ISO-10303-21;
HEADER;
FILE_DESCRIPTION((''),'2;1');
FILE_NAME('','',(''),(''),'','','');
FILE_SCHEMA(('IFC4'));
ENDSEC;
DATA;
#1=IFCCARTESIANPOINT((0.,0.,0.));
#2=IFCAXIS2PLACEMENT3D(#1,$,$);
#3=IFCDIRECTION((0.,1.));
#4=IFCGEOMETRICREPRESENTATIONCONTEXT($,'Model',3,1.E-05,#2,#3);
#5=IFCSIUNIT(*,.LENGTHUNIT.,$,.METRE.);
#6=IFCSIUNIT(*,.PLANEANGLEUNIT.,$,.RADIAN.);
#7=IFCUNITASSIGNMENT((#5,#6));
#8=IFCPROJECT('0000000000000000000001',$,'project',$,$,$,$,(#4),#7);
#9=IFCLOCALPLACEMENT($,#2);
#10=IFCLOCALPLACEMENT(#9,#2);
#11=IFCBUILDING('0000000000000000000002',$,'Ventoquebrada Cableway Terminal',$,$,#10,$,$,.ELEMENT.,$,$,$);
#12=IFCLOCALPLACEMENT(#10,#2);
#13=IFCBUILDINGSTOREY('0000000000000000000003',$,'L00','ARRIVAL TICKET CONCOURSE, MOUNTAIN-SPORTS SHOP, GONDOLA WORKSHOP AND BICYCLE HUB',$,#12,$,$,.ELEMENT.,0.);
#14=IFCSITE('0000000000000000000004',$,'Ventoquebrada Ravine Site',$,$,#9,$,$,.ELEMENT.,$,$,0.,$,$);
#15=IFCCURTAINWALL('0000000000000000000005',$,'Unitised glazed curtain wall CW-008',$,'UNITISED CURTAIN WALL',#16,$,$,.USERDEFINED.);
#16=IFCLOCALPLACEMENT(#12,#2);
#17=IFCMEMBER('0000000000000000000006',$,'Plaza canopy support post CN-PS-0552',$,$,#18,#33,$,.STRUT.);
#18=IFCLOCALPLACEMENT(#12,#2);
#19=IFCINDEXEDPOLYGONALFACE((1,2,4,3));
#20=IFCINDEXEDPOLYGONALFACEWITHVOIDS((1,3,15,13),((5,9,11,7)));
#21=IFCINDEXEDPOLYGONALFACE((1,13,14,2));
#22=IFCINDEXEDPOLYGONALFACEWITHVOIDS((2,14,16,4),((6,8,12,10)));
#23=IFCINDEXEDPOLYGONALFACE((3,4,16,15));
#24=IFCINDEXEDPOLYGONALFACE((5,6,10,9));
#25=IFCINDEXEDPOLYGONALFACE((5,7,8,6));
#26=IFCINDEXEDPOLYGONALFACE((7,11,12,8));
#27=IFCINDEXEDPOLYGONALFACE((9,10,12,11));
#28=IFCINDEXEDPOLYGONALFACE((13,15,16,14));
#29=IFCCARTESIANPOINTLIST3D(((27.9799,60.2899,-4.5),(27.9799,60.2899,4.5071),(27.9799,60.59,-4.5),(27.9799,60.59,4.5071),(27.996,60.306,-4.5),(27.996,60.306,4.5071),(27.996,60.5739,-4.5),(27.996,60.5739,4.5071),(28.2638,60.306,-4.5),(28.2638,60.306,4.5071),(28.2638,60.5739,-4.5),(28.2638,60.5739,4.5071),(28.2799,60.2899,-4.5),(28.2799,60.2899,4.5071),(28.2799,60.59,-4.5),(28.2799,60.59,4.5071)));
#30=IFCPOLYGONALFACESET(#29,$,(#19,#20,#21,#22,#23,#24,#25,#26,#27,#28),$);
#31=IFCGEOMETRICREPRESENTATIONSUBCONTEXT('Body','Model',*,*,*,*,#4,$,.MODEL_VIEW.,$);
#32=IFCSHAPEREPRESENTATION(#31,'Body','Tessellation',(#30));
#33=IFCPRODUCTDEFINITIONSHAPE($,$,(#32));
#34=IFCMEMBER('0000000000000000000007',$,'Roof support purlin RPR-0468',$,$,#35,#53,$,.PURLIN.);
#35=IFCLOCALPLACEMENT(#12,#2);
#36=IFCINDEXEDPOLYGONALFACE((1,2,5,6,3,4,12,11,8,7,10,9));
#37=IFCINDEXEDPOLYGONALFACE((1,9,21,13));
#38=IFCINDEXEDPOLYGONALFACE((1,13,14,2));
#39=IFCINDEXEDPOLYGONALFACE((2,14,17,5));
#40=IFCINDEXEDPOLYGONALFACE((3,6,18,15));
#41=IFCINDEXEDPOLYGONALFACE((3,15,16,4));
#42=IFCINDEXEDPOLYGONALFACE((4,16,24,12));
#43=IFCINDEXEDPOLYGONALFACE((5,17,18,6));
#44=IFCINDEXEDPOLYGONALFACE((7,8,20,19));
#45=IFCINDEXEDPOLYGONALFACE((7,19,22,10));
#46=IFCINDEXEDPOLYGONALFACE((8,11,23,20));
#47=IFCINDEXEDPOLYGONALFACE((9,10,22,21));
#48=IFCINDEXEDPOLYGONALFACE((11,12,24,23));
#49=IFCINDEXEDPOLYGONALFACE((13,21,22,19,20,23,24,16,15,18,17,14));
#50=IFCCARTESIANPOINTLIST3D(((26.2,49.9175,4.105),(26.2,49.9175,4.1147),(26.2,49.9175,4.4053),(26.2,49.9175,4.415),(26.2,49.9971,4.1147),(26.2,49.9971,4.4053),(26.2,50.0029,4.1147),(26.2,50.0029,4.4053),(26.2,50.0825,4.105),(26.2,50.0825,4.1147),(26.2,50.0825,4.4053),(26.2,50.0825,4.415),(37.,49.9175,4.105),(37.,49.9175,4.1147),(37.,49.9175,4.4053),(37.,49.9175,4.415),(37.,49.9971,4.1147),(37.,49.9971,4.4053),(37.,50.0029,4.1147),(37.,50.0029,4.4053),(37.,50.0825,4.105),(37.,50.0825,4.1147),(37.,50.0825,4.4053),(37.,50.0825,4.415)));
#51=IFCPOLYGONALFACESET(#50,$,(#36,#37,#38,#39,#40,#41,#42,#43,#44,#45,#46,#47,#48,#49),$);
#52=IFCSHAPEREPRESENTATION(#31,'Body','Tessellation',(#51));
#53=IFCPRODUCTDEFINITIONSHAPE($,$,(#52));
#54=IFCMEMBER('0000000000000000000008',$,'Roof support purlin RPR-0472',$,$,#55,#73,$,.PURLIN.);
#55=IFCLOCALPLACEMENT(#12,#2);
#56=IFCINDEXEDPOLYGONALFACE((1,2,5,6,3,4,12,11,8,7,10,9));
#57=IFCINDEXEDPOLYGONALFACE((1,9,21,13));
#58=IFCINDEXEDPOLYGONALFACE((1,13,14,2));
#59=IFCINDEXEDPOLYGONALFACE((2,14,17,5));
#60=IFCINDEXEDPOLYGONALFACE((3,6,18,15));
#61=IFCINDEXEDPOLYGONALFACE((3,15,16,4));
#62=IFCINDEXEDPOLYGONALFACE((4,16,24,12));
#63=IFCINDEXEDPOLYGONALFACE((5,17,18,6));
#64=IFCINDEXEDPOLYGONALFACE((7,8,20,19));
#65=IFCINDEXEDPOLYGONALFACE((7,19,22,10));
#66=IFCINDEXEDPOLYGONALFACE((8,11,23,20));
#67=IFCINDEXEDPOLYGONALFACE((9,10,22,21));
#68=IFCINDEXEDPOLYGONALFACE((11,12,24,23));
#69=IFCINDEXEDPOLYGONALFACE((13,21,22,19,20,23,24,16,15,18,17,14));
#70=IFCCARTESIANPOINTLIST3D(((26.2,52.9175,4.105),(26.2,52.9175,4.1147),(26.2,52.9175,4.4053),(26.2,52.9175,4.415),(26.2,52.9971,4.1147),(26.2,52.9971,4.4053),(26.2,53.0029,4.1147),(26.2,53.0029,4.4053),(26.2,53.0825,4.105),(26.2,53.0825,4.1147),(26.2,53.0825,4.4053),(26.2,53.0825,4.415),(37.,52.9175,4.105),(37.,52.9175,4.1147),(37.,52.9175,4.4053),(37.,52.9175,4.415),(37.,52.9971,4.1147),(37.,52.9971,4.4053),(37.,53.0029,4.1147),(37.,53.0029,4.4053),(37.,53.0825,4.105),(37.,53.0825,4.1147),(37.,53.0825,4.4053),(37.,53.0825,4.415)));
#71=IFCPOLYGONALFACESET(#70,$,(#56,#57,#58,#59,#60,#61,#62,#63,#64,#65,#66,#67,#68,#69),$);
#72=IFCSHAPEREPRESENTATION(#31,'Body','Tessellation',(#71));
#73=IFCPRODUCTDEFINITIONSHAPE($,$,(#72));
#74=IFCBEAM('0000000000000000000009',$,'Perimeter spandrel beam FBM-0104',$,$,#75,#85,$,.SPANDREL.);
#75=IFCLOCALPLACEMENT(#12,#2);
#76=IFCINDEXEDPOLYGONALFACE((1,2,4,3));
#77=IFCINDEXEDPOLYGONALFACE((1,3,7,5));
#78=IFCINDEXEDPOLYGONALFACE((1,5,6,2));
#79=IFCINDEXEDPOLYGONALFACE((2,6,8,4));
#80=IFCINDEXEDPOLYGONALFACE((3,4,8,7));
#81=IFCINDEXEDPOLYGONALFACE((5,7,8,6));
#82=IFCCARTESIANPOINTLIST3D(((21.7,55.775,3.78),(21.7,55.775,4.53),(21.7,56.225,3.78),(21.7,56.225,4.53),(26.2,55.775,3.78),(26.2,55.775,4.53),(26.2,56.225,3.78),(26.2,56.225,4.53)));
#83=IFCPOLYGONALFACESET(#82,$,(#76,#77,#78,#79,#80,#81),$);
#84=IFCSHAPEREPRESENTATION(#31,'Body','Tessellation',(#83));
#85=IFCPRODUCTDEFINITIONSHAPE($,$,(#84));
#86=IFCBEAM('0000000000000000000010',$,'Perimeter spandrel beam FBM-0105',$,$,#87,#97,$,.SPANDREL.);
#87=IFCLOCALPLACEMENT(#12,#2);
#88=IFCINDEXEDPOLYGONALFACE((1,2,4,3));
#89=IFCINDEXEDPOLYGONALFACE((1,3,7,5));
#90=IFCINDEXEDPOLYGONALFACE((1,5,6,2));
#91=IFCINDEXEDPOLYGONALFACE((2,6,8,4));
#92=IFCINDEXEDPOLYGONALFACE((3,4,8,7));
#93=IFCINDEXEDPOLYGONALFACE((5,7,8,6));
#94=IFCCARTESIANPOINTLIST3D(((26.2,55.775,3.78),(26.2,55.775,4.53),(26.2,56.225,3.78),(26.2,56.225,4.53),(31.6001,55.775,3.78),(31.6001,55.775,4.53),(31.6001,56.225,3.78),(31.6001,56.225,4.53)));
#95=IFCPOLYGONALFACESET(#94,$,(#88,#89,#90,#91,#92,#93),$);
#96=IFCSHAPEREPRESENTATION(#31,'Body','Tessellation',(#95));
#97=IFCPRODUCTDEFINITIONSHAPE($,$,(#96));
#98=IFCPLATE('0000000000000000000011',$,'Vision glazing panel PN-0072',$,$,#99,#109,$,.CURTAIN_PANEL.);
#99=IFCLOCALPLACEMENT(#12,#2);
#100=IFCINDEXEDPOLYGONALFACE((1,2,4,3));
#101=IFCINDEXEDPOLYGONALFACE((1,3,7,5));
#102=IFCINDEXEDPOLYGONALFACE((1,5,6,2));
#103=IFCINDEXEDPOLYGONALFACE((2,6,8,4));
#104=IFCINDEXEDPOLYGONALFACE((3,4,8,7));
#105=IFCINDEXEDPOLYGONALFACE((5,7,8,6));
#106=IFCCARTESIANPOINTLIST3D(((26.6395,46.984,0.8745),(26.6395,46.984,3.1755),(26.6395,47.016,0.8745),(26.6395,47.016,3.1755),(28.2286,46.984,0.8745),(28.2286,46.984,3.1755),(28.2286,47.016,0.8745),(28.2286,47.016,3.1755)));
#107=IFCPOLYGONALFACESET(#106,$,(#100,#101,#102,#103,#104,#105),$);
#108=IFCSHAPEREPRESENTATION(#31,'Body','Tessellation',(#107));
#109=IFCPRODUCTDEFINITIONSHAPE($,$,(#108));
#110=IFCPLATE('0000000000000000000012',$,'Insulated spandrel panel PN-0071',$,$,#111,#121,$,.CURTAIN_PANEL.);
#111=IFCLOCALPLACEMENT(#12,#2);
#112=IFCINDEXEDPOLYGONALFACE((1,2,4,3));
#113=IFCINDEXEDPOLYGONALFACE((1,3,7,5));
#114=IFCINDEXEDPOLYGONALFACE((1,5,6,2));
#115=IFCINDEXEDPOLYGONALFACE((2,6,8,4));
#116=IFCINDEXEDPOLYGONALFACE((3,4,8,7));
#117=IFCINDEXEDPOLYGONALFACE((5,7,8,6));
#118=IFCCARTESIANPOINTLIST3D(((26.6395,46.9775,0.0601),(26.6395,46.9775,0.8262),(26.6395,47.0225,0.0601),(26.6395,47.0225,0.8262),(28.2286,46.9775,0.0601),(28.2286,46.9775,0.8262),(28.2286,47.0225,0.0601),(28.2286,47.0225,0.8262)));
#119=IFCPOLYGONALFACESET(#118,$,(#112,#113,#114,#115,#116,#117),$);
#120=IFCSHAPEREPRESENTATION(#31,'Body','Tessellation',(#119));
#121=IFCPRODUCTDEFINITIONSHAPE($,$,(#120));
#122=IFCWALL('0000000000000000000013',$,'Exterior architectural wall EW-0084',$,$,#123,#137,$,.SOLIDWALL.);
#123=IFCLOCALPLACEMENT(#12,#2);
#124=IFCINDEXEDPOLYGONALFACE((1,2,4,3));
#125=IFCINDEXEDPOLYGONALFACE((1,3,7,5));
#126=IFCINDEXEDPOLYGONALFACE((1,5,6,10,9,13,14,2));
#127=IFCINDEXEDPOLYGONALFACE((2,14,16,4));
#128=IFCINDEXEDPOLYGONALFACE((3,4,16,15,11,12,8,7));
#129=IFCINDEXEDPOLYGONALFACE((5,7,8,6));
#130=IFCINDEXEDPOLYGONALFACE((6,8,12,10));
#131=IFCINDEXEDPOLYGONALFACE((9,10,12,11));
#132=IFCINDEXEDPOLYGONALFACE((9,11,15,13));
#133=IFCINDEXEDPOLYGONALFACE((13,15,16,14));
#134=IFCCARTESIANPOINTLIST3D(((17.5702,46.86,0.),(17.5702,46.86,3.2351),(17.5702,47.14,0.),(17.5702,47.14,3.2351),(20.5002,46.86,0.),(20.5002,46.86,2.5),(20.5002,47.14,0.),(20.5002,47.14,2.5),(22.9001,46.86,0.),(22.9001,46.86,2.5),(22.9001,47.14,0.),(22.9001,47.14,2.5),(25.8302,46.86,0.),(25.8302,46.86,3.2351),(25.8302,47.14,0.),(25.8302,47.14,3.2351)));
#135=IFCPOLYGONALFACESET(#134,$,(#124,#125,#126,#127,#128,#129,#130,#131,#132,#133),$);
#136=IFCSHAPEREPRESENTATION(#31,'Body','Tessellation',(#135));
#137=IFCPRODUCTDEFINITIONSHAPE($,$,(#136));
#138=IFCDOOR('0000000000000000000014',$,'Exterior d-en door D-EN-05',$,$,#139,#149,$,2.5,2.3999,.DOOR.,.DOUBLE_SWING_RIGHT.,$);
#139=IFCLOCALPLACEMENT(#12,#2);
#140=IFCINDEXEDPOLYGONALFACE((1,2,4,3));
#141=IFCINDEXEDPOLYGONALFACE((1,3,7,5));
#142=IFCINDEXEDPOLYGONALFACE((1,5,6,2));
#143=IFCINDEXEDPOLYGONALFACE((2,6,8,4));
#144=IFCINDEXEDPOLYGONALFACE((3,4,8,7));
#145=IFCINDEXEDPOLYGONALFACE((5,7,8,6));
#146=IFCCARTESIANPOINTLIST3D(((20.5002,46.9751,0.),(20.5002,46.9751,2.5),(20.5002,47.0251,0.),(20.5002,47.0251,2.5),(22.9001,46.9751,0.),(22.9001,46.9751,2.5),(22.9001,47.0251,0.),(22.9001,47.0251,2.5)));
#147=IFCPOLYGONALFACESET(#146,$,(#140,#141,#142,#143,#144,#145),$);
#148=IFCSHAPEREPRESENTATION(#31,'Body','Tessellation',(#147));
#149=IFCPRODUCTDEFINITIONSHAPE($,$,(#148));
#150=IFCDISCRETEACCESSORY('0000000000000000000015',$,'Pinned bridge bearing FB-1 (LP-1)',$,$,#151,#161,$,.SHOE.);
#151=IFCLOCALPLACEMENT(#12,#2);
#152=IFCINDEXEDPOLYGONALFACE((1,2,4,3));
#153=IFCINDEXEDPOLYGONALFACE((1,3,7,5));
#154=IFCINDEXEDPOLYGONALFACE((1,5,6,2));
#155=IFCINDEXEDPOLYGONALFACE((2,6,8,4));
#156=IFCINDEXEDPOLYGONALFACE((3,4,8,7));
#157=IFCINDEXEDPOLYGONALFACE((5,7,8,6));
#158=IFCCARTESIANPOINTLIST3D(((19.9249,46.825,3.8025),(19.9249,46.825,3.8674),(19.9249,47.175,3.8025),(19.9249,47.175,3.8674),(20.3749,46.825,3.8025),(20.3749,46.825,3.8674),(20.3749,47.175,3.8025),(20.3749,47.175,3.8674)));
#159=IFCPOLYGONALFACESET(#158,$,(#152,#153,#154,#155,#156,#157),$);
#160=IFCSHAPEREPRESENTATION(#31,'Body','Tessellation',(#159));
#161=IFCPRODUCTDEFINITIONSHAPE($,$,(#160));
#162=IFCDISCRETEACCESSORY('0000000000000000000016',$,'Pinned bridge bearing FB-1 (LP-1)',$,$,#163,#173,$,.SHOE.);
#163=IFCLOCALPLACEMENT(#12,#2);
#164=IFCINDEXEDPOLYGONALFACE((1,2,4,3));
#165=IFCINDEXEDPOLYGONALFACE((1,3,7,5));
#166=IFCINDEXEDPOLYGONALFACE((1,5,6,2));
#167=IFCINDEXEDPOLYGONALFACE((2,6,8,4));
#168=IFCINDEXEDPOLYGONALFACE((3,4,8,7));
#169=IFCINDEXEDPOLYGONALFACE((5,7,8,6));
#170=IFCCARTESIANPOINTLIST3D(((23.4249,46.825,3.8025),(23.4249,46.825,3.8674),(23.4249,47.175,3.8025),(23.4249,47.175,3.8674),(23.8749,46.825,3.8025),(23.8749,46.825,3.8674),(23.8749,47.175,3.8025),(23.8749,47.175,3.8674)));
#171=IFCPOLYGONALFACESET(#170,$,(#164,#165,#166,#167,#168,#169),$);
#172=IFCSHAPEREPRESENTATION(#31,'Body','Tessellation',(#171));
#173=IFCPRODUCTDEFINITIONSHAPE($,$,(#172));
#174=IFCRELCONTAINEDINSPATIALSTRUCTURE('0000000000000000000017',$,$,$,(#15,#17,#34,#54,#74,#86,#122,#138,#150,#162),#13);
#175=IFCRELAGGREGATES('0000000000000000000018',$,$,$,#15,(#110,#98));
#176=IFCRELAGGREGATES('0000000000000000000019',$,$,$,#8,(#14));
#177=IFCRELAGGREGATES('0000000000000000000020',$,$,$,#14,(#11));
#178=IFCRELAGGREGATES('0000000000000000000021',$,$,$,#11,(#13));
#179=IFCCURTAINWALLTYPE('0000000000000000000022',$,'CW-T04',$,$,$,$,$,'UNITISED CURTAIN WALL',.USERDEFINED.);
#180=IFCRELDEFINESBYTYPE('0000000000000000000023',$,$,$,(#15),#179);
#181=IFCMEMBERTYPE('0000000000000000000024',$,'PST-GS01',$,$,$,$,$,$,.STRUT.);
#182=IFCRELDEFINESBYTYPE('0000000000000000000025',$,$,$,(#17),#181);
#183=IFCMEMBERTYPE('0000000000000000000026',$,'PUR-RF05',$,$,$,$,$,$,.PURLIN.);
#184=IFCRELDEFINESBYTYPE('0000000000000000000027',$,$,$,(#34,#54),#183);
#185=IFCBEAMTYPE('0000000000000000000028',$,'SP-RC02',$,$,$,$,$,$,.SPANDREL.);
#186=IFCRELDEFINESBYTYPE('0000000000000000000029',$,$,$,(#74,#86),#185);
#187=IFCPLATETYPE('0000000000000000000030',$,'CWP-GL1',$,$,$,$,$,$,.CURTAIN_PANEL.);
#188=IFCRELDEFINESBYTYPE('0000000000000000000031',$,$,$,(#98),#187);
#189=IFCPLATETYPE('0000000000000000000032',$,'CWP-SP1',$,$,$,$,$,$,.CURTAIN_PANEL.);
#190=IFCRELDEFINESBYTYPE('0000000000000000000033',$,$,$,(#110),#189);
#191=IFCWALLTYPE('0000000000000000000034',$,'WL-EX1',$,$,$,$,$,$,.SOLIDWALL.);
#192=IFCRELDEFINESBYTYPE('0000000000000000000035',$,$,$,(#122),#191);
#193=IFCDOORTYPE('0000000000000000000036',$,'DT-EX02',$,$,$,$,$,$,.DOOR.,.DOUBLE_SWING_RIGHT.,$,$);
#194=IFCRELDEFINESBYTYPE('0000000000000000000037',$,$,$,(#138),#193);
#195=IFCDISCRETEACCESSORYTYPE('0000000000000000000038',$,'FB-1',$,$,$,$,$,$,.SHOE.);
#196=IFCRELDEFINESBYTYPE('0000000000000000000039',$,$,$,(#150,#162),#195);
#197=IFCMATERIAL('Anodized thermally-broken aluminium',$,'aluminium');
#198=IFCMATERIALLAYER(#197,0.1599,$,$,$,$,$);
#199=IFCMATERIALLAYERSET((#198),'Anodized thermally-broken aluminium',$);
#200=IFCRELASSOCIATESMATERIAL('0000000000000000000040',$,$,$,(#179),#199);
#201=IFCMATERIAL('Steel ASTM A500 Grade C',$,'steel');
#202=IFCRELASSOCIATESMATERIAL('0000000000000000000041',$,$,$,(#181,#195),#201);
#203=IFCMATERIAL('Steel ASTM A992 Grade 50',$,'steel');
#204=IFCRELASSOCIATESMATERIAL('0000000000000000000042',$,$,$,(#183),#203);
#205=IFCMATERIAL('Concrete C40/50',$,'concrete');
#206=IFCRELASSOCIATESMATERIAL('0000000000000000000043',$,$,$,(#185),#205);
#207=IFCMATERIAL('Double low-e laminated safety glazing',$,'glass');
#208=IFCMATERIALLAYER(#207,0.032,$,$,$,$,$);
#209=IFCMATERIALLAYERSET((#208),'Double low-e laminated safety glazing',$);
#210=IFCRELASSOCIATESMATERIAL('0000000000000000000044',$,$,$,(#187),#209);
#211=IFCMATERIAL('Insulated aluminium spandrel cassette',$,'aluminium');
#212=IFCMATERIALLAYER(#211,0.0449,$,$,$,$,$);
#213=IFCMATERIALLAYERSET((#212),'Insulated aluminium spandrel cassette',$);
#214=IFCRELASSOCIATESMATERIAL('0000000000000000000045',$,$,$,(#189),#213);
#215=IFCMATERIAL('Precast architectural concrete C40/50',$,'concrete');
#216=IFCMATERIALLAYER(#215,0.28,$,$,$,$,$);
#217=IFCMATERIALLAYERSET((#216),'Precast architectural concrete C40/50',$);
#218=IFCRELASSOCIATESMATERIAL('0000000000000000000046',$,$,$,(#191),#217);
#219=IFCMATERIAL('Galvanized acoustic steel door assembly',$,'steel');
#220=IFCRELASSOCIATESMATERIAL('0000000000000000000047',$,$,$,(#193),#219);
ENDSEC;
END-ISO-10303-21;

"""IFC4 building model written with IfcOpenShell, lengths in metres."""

from ifc_helpers import new_model, si_unit, direction, frame, frame_2d, origin, origin_2d, place, context, subcontext, project, spatial, rectangle, hollow_rectangle, i_section, extrude, material, layer, layer_set, material_profile, profile_set, type_object, element, fill, aggregate, save


model = new_model("IFC4")

# Units and contexts
model_context = context("Model", 3, precision=1e-05, world=origin(), true_north=direction((0.0, 1.0)))
body_context = subcontext(model_context, "Body", "Model", "MODEL_VIEW")
ifc_project = project(units=[si_unit("LENGTHUNIT", "METRE"), si_unit("PLANEANGLEUNIT", "RADIAN")], contexts=[model_context])

# Site, building, storey
site_placement = place(None, origin())
site = spatial("IfcSite", under=ifc_project, at=site_placement, Name="Ventoquebrada Ravine Site", CompositionType="ELEMENT", RefElevation=0.0)
building_placement = place(site_placement, origin())
building = spatial("IfcBuilding", under=site, at=building_placement, Name="Ventoquebrada Cableway Terminal", CompositionType="ELEMENT")
storey_placement = place(building_placement, origin())
storey = spatial("IfcBuildingStorey", under=building, at=storey_placement, Name="L00", Description="ARRIVAL TICKET CONCOURSE, MOUNTAIN-SPORTS SHOP, GONDOLA WORKSHOP AND BICYCLE HUB", CompositionType="ELEMENT", Elevation=0.0)

# Shared definitions
ifc_material_1 = material(Name="Concrete C40/50", Category="concrete")

# Shared definitions
ifc_material_2 = material(Name="Steel ASTM A992 Grade 50", Category="steel")

# Curtain wall
ifc_material_3 = material(Name="Anodized thermally-broken aluminium", Category="aluminium")
ifc_layer_1 = layer(ifc_material_3, 0.1599)
ifc_layer_set_1 = layer_set([ifc_layer_1], Name="Anodized thermally-broken aluminium")
curtain_wall_type = type_object("IfcCurtainWallType", Name="CW-T04", ElementType="UNITISED CURTAIN WALL", PredefinedType="USERDEFINED", material=ifc_layer_set_1)
curtain_wall_placement = place(storey_placement, origin())
curtain_wall = element("IfcCurtainWall", 1, at=curtain_wall_placement, inside=storey, type_object=curtain_wall_type, Name="Unitised glazed curtain wall CW-008", ObjectType="UNITISED CURTAIN WALL", PredefinedType="USERDEFINED")

# Members
ifc_material_4 = material(Name="Steel ASTM A500 Grade C", Category="steel")
ifc_material_profile_1 = material_profile(ifc_material_4, hollow_rectangle(XDim=0.3, YDim=0.3, WallThickness=0.0161, at=origin_2d()), Name="HSS300X300X16")
ifc_profile_set_1 = profile_set([ifc_material_profile_1], Name="Steel ASTM A500 Grade C")
member_type_1 = type_object("IfcMemberType", Name="PST-GS01", PredefinedType="STRUT", material=ifc_profile_set_1)
member_1_placement = place(storey_placement, frame((28.1299, 60.4399, -4.5), z_axis=(0.0, 0.0, 1.0), x_axis=(1.0, 0.0, 0.0)))
element("IfcMember", 2, at=member_1_placement, inside=storey, type_object=member_type_1, Name="Plaza canopy support post CN-PS-0552", PredefinedType="STRUT", context=body_context, shape_type="SweptSolid", body=[
    extrude(hollow_rectangle(XDim=0.3, YDim=0.3, WallThickness=0.0161, at=origin_2d()), origin(), (0.0, 0.0, 1.0), 9.0071),
])
ifc_material_profile_2 = material_profile(ifc_material_2, i_section(OverallWidth=0.165, OverallDepth=0.3101, WebThickness=0.0059, FlangeThickness=0.0098, at=origin_2d()), Name="W12X26")
ifc_profile_set_2 = profile_set([ifc_material_profile_2], Name="Steel ASTM A992 Grade 50")
member_type_2 = type_object("IfcMemberType", Name="PUR-RF05", PredefinedType="PURLIN", material=ifc_profile_set_2)
for number, where, z_axis, x_axis, name in (
    (3, (26.2, 50.0, 4.26), (1.0, 0.0, 0.0), (0.0, 1.0, 0.0), "Roof support purlin RPR-0468"),
    (4, (26.2, 53.0, 4.26), (1.0, 0.0, 0.0), (0.0, 1.0, 0.0), "Roof support purlin RPR-0472"),
):
    element("IfcMember", number, at=place(storey_placement, frame(where, z_axis=z_axis, x_axis=x_axis)), inside=storey, type_object=member_type_2, Name=name, PredefinedType="PURLIN", context=body_context, shape_type="SweptSolid", body=[
        extrude(i_section(OverallWidth=0.165, OverallDepth=0.3101, WebThickness=0.0059, FlangeThickness=0.0098, at=origin_2d()), origin(), (0.0, 0.0, 1.0), 10.8),
    ])

# Beams
ifc_material_profile_3 = material_profile(ifc_material_1, rectangle(XDim=0.45, YDim=0.75, at=origin_2d()), Name="RC-BM-450X750")
ifc_profile_set_3 = profile_set([ifc_material_profile_3], Name="Concrete C40/50")
beam_type_1 = type_object("IfcBeamType", Name="SP-RC02", PredefinedType="SPANDREL", material=ifc_profile_set_3)
beam_1_placement = place(storey_placement, frame((21.7, 56.0, 4.155), z_axis=(1.0, 0.0, 0.0), x_axis=(0.0, 1.0, 0.0)))
element("IfcBeam", 5, at=beam_1_placement, inside=storey, type_object=beam_type_1, Name="Perimeter spandrel beam FBM-0104", PredefinedType="SPANDREL", context=body_context, shape_type="SweptSolid", body=[
    extrude(rectangle(XDim=0.45, YDim=0.75, at=origin_2d()), origin(), (0.0, 0.0, 1.0), 4.5),
])
beam_2_placement = place(storey_placement, frame((26.2, 56.0, 4.155), z_axis=(1.0, 0.0, 0.0), x_axis=(0.0, 1.0, 0.0)))
element("IfcBeam", 6, at=beam_2_placement, inside=storey, type_object=beam_type_1, Name="Perimeter spandrel beam FBM-0105", PredefinedType="SPANDREL", context=body_context, shape_type="SweptSolid", body=[
    extrude(rectangle(XDim=0.45, YDim=0.75, at=origin_2d()), origin(), (0.0, 0.0, 1.0), 5.4001),
])

# Plates
ifc_material_5 = material(Name="Double low-e laminated safety glazing", Category="glass")
ifc_layer_2 = layer(ifc_material_5, 0.032)
ifc_layer_set_2 = layer_set([ifc_layer_2], Name="Double low-e laminated safety glazing")
plate_type_1 = type_object("IfcPlateType", Name="CWP-GL1", PredefinedType="CURTAIN_PANEL", material=ifc_layer_set_2)
plate_1_placement = place(storey_placement, frame((27.4341, 47.0, 0.8745), z_axis=(0.0, 0.0, 1.0), x_axis=(-1.0, 0.0, 0.0)))
plate_1 = element("IfcPlate", 7, at=plate_1_placement, type_object=plate_type_1, Name="Vision glazing panel PN-0072", PredefinedType="CURTAIN_PANEL", context=body_context, shape_type="SweptSolid", body=[
    extrude(rectangle(XDim=1.5891, YDim=0.032, at=origin_2d()), origin(), (0.0, 0.0, 1.0), 2.301),
])
ifc_material_6 = material(Name="Insulated aluminium spandrel cassette", Category="aluminium")
ifc_layer_3 = layer(ifc_material_6, 0.0449)
ifc_layer_set_3 = layer_set([ifc_layer_3], Name="Insulated aluminium spandrel cassette")
plate_type_2 = type_object("IfcPlateType", Name="CWP-SP1", PredefinedType="CURTAIN_PANEL", material=ifc_layer_set_3)
plate_2_placement = place(storey_placement, frame((27.4341, 47.0, 0.0601), z_axis=(0.0, 0.0, 1.0), x_axis=(-1.0, 0.0, 0.0)))
plate_2 = element("IfcPlate", 8, at=plate_2_placement, type_object=plate_type_2, Name="Insulated spandrel panel PN-0071", PredefinedType="CURTAIN_PANEL", context=body_context, shape_type="SweptSolid", body=[
    extrude(rectangle(XDim=1.5891, YDim=0.0449, at=origin_2d()), origin(), (0.0, 0.0, 1.0), 0.7661),
])
aggregate(curtain_wall, [plate_2, plate_1])

# Wall, opening, door
ifc_material_7 = material(Name="Precast architectural concrete C40/50", Category="concrete")
ifc_layer_4 = layer(ifc_material_7, 0.28)
ifc_layer_set_4 = layer_set([ifc_layer_4], Name="Precast architectural concrete C40/50")
wall_type = type_object("IfcWallType", Name="WL-EX1", PredefinedType="SOLIDWALL", material=ifc_layer_set_4)
wall_placement = place(storey_placement, frame((25.8301, 47.0, 0.0), z_axis=(0.0, 0.0, 1.0), x_axis=(-1.0, 0.0, 0.0)))
wall = element("IfcWall", 9, at=wall_placement, inside=storey, type_object=wall_type, Name="Exterior architectural wall EW-0084", PredefinedType="SOLIDWALL", context=body_context, shape_type="SweptSolid", body=[
    extrude(rectangle(XDim=8.26, YDim=0.28, at=frame_2d((4.1299, 0.0))), origin(), (0.0, 0.0, 1.0), 3.2351),
])
opening_placement = place(wall_placement, frame((2.9299, 0.0, 0.0)))
opening = element("IfcOpeningElement", 10, at=opening_placement, cuts=wall, PredefinedType="OPENING", context=body_context, shape_type="SweptSolid", body=[
    extrude(rectangle(XDim=2.3999, YDim=2.5, at=frame_2d((1.2, 1.25))), frame((0.0, 0.1499, 0.0), z_axis=(0.0, -1.0, 0.0), x_axis=(1.0, 0.0, 0.0)), (0.0, 0.0, 1.0), 0.3),
])
ifc_material_8 = material(Name="Galvanized acoustic steel door assembly", Category="steel")
door_type = type_object("IfcDoorType", Name="DT-EX02", OperationType="DOUBLE_SWING_RIGHT", PredefinedType="DOOR", material=ifc_material_8)
door_placement = place(opening_placement, origin())
door = element("IfcDoor", 11, at=door_placement, inside=storey, type_object=door_type, Name="Exterior d-en door D-EN-05", OperationType="DOUBLE_SWING_RIGHT", OverallHeight=2.5, OverallWidth=2.3999, PredefinedType="DOOR", context=body_context, shape_type="SweptSolid", body=[
    extrude(rectangle(XDim=2.3999, YDim=2.5, at=frame_2d((1.2, 1.25))), frame((0.0, 0.0249, 0.0), z_axis=(0.0, -1.0, 0.0), x_axis=(1.0, 0.0, 0.0)), (0.0, 0.0, 1.0), 0.05),
])
fill(opening, door)

# Discrete accessories
discrete_accessory_type = type_object("IfcDiscreteAccessoryType", Name="FB-1", PredefinedType="SHOE", material=ifc_material_4)
for number, where, z_axis, x_axis, name in (
    (12, (20.1499, 47.0, 3.8025), (0.0, 0.0, 1.0), (1.0, 0.0, 0.0), "Pinned bridge bearing FB-1 (LP-1)"),
    (13, (23.6499, 47.0, 3.8025), (0.0, 0.0, 1.0), (1.0, 0.0, 0.0), "Pinned bridge bearing FB-1 (LP-1)"),
):
    element("IfcDiscreteAccessory", number, at=place(storey_placement, frame(where, z_axis=z_axis, x_axis=x_axis)), inside=storey, type_object=discrete_accessory_type, Name=name, PredefinedType="SHOE", context=body_context, shape_type="SweptSolid", body=[
        extrude(rectangle(XDim=0.45, YDim=0.3501, at=origin_2d()), origin(), (0.0, 0.0, 1.0), 0.0649),
    ])

save(model, "model.ifc")
